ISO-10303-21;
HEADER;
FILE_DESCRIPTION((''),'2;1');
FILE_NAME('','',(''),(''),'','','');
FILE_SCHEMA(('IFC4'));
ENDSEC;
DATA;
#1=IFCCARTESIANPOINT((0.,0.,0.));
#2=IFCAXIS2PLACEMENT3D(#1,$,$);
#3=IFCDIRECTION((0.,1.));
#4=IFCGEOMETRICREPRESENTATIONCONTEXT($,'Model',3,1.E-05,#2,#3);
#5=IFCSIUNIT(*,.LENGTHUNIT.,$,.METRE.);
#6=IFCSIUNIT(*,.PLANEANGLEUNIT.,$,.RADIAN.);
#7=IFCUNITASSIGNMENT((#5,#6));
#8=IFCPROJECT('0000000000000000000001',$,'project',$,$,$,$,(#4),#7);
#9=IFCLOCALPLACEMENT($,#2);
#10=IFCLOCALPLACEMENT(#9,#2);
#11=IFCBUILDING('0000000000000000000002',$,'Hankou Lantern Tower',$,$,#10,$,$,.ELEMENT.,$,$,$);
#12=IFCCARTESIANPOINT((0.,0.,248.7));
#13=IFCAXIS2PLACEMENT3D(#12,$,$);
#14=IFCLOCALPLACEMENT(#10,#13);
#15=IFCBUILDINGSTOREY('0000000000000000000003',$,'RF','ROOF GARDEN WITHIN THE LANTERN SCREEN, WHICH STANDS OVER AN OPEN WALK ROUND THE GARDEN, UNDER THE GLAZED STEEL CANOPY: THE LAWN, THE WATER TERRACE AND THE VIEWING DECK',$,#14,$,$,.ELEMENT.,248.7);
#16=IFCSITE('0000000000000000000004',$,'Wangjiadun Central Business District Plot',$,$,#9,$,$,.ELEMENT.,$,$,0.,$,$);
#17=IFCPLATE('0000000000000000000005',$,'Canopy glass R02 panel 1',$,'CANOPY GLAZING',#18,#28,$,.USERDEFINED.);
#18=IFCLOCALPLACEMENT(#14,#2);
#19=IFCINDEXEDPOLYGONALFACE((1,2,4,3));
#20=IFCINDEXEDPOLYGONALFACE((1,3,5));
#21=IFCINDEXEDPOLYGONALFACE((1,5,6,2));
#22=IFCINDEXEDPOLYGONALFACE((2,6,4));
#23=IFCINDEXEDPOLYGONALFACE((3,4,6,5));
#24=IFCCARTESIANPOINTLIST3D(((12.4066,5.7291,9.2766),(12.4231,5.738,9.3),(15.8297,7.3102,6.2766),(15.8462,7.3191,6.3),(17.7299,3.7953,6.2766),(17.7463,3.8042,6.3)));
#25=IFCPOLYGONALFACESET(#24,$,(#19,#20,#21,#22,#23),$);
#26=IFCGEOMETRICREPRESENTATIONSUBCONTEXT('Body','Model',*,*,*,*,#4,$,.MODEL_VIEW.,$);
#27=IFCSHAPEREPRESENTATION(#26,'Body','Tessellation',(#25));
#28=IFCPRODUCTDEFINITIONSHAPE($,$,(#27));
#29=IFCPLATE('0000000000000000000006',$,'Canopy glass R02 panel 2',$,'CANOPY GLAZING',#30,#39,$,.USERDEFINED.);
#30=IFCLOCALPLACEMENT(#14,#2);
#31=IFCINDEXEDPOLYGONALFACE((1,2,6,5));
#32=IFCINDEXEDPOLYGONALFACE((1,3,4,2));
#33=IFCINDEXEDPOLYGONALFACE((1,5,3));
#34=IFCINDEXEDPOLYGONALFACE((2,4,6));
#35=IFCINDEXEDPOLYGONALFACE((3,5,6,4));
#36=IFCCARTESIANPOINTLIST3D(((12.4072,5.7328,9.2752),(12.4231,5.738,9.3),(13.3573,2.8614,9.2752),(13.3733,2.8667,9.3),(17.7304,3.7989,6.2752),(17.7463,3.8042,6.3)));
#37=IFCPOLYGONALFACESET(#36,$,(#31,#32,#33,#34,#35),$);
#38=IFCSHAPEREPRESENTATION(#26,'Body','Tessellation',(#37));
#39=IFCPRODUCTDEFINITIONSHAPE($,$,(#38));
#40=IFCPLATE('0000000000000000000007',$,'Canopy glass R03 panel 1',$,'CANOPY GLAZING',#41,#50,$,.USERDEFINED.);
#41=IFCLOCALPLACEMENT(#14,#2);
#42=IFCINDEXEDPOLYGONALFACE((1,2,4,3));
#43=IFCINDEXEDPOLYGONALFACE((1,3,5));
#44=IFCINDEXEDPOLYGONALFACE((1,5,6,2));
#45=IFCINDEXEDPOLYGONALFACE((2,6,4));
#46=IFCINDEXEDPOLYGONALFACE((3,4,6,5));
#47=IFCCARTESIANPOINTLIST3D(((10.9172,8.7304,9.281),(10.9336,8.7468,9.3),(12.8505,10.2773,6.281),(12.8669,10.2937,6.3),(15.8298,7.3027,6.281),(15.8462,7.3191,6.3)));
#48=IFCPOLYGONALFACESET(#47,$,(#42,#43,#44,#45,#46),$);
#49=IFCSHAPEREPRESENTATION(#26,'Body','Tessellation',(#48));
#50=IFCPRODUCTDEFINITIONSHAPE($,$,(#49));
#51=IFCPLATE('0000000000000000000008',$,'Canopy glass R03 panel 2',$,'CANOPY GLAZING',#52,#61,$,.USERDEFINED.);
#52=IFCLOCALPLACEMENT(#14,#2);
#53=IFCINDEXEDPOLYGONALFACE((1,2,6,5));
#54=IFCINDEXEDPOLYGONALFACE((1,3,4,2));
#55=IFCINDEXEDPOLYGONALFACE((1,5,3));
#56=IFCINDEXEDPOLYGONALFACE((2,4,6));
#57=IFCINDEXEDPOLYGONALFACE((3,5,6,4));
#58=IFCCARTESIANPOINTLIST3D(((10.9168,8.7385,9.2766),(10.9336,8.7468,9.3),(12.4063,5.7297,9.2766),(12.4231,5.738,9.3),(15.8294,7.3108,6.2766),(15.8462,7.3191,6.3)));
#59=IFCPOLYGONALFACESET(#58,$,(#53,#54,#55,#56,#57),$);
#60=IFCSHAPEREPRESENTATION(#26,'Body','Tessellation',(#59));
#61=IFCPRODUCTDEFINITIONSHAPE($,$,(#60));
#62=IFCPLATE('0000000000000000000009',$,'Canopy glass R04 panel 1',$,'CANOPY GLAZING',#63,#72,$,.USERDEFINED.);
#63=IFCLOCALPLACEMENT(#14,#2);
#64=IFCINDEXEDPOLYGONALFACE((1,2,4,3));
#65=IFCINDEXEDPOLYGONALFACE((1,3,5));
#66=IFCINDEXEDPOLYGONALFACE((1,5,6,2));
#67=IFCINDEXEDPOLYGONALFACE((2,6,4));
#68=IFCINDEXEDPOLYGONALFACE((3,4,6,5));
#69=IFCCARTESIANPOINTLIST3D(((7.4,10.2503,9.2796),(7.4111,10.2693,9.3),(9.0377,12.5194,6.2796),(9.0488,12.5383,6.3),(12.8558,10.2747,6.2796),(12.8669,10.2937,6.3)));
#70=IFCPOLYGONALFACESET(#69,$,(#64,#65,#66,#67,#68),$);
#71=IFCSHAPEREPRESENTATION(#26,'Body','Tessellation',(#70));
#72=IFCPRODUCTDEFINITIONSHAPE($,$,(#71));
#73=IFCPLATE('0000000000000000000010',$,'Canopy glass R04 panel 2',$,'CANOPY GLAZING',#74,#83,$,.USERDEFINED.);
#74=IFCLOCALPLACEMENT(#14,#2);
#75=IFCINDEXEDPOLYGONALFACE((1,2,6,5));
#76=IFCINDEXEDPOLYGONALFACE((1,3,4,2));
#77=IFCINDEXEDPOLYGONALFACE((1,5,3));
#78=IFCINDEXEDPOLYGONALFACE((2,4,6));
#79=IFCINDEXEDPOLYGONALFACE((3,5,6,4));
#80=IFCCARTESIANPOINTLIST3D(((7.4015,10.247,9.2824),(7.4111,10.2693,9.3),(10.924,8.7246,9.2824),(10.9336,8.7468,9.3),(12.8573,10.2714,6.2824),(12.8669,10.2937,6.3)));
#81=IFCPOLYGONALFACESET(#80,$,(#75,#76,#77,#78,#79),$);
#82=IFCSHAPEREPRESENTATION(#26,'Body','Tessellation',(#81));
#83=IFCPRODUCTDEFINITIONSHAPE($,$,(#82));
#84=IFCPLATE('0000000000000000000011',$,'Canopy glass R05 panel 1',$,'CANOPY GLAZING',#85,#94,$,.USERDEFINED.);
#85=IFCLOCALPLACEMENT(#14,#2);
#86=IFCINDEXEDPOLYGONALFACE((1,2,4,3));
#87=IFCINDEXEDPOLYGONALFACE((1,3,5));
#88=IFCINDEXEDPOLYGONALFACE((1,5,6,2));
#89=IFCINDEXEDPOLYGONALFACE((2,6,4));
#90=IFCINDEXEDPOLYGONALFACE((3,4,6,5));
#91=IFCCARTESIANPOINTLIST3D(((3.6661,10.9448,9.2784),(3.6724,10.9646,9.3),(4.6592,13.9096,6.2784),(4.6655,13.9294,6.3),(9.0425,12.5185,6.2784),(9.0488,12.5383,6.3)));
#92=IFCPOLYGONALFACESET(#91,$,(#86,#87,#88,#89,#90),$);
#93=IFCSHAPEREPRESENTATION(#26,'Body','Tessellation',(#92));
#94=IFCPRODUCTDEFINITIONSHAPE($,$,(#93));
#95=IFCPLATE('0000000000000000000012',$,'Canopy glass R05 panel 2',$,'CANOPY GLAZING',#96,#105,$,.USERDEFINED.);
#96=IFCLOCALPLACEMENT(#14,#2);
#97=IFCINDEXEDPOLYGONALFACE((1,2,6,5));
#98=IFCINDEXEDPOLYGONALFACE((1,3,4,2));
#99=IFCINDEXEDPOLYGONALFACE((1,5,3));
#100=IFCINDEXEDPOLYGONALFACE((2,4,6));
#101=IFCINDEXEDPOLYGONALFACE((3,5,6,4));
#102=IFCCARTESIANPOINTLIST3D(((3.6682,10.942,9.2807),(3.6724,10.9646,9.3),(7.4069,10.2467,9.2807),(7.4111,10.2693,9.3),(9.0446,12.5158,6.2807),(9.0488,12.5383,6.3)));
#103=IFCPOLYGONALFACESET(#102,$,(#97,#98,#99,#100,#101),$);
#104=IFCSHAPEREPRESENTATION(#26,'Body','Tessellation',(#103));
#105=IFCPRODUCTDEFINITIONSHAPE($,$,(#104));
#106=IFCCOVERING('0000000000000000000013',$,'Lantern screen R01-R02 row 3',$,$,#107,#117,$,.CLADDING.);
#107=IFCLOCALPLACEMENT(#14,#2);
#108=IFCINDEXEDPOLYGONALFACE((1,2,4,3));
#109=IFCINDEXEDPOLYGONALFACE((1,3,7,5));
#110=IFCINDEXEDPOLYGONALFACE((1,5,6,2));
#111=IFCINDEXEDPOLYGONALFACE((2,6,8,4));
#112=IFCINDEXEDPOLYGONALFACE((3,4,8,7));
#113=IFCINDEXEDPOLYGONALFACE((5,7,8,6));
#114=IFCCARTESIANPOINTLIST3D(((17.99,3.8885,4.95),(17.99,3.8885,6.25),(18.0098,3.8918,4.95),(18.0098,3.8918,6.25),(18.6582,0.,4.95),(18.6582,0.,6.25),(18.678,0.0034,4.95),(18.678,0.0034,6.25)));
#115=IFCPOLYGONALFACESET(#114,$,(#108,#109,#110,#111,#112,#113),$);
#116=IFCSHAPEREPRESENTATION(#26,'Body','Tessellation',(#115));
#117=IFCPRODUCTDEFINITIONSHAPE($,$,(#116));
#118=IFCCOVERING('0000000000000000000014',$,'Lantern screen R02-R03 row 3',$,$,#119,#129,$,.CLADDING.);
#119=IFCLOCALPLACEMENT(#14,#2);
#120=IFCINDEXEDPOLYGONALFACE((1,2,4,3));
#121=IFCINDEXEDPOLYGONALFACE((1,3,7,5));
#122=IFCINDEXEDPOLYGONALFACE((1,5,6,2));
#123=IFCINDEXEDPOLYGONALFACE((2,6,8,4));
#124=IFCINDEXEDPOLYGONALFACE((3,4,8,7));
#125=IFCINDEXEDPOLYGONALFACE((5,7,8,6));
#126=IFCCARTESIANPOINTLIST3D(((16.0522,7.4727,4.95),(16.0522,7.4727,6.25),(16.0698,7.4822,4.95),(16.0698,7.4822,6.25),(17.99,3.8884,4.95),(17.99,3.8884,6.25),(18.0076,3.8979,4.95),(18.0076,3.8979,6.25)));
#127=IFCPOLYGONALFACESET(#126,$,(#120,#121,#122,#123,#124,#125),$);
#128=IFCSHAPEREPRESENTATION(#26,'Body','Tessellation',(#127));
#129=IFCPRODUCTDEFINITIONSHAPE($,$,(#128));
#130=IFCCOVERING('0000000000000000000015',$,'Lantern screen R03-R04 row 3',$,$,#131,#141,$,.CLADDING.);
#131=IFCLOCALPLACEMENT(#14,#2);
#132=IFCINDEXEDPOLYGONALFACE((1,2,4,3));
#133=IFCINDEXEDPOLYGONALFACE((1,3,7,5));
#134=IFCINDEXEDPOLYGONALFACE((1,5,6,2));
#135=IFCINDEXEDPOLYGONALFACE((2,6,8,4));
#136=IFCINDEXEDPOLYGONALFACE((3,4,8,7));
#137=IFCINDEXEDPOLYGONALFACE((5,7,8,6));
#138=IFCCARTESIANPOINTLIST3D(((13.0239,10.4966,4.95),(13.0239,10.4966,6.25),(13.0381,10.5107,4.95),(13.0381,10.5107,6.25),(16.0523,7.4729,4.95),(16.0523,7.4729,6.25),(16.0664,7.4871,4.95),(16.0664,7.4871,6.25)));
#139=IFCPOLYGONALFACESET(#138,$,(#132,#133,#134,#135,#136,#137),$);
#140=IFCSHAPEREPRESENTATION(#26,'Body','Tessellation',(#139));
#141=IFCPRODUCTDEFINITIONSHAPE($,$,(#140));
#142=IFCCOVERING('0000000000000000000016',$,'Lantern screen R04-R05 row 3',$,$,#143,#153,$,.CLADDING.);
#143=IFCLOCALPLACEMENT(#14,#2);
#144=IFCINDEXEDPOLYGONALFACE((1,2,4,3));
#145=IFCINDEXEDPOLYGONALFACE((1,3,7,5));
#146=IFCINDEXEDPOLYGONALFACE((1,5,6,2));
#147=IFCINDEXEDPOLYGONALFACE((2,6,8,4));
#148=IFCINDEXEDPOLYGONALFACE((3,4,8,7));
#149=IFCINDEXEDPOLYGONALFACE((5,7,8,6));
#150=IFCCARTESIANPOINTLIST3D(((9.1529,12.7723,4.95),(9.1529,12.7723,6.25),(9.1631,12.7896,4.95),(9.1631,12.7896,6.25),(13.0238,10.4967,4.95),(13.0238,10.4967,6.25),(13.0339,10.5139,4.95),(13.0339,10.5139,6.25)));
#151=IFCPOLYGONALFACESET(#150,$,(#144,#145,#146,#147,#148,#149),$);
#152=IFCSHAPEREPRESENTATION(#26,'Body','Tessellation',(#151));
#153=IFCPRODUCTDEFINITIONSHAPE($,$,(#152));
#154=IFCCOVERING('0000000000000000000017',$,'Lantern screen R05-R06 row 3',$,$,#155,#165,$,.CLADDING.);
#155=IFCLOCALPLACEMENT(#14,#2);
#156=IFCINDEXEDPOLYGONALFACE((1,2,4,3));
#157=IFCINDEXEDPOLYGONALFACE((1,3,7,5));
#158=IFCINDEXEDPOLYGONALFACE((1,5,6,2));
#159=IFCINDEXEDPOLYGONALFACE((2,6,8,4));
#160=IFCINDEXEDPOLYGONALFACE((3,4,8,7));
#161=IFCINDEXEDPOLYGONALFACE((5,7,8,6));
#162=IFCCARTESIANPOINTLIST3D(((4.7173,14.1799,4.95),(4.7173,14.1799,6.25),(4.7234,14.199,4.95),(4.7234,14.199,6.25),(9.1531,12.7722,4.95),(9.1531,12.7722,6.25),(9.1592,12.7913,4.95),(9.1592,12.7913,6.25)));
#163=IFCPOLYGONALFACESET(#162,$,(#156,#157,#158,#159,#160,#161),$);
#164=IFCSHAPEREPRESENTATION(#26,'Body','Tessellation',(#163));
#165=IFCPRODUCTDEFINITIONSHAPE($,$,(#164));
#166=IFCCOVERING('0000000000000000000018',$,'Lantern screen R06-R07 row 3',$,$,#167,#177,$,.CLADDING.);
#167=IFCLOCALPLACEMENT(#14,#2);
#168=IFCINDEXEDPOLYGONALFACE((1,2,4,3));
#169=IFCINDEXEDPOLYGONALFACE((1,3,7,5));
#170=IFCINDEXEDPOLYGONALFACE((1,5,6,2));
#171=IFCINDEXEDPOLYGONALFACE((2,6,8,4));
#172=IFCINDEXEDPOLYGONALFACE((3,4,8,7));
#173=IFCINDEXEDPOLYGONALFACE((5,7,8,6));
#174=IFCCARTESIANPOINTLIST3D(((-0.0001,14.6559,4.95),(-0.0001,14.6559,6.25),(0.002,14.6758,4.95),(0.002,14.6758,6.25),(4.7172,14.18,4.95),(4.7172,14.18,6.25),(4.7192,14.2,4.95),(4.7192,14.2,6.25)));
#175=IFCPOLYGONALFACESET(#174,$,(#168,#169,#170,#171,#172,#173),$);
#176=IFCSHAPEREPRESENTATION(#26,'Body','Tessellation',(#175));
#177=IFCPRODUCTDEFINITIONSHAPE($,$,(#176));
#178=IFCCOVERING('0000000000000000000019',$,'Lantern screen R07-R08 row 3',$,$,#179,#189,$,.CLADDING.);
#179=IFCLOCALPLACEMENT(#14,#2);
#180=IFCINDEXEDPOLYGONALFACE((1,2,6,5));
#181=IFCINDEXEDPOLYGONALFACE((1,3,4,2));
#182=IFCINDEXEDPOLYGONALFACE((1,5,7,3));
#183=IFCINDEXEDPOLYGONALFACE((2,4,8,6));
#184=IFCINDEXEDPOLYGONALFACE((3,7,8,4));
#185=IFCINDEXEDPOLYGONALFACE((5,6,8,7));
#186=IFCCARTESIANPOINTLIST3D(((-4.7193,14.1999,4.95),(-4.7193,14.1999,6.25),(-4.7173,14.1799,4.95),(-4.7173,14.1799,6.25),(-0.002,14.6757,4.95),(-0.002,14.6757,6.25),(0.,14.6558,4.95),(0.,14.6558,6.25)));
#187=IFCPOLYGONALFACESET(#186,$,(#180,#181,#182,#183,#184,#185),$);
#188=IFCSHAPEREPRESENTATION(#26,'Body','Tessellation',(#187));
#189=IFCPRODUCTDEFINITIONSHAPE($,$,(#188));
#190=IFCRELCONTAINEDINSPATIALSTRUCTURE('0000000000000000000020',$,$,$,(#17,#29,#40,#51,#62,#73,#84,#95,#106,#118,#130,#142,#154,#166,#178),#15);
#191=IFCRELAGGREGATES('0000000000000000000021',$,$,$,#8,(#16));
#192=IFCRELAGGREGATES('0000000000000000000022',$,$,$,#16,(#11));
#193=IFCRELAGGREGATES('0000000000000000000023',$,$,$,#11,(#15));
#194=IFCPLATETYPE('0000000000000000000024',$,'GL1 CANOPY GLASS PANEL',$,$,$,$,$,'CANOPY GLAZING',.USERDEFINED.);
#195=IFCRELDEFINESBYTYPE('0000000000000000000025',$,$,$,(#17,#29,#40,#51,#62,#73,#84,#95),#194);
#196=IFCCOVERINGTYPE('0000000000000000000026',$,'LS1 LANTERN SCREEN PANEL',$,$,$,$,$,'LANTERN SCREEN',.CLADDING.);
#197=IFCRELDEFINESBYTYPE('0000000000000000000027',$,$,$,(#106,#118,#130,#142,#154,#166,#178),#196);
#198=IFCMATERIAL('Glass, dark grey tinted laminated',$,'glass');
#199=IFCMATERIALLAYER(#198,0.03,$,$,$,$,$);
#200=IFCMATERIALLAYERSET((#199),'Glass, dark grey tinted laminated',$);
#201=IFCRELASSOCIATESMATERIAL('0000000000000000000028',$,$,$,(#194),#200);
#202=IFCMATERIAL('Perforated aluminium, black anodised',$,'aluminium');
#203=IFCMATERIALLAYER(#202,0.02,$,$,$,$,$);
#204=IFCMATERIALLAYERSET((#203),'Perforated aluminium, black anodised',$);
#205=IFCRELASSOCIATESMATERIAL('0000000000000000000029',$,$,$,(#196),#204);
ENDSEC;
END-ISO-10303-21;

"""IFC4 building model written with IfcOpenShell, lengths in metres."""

from ifc_helpers import new_model, si_unit, direction, frame, origin, place, context, subcontext, project, spatial, polyline, outline, extrude, material, layer, layer_set, type_object, element, save


model = new_model("IFC4")

# Units and contexts
model_context = context("Model", 3, precision=1e-05, world=origin(), true_north=direction((0.0, 1.0)))
body_context = subcontext(model_context, "Body", "Model", "MODEL_VIEW")
ifc_project = project(units=[si_unit("LENGTHUNIT", "METRE"), si_unit("PLANEANGLEUNIT", "RADIAN")], contexts=[model_context])

# Site, building, storey
site_placement = place(None, origin())
site = spatial("IfcSite", under=ifc_project, at=site_placement, Name="Wangjiadun Central Business District Plot", CompositionType="ELEMENT", RefElevation=0.0)
building_placement = place(site_placement, origin())
building = spatial("IfcBuilding", under=site, at=building_placement, Name="Hankou Lantern Tower", CompositionType="ELEMENT")
storey_placement = place(building_placement, frame((0.0, 0.0, 248.7)))
storey = spatial("IfcBuildingStorey", under=building, at=storey_placement, Name="RF", Description="ROOF GARDEN WITHIN THE LANTERN SCREEN, WHICH STANDS OVER AN OPEN WALK ROUND THE GARDEN, UNDER THE GLAZED STEEL CANOPY: THE LAWN, THE WATER TERRACE AND THE VIEWING DECK", CompositionType="ELEMENT", Elevation=248.7)

# Plates
ifc_material_1 = material(Name="Glass, dark grey tinted laminated", Category="glass")
ifc_layer_1 = layer(ifc_material_1, 0.03)
ifc_layer_set_1 = layer_set([ifc_layer_1], Name="Glass, dark grey tinted laminated")
plate_type = type_object("IfcPlateType", Name="GL1 CANOPY GLASS PANEL", ElementType="CANOPY GLAZING", PredefinedType="USERDEFINED", material=ifc_layer_set_1)
plate_1_placement = place(storey_placement, frame((17.7463, 3.8042, 6.3), z_axis=(0.548364, 0.296445, 0.781932), x_axis=(-0.475557, 0.879685, 0.0)))
element("IfcPlate", 1, at=plate_1_placement, inside=storey, type_object=plate_type, Name="Canopy glass R02 panel 1", ObjectType="CANOPY GLAZING", PredefinedType="USERDEFINED", context=body_context, shape_type="SweptSolid", body=[
    extrude(outline(polyline([(0.0, 0.0), (3.9956, 0.0), (4.2327, 4.8126), (0.0, 0.0)])), origin(), (0.0, 0.0, -1.0), 0.03),
])
plate_2_placement = place(storey_placement, frame((17.7463, 3.8042, 6.3), z_axis=(0.531004, 0.175722, 0.828949), x_axis=(-0.830575, 0.301733, 0.468084)))
element("IfcPlate", 2, at=plate_2_placement, inside=storey, type_object=plate_type, Name="Canopy glass R02 panel 2", ObjectType="CANOPY GLAZING", PredefinedType="USERDEFINED", context=body_context, shape_type="SweptSolid", body=[
    extrude(outline(polyline([(0.0, 0.0), (6.4091, 0.0), (4.7535, 2.5311), (0.0, 0.0)])), origin(), (0.0, 0.0, -1.0), 0.03),
])
plate_3_placement = place(storey_placement, frame((15.8462, 7.3191, 6.3), z_axis=(0.546296, 0.547148, 0.634184), x_axis=(-0.707657, 0.706556, 0.0)))
element("IfcPlate", 3, at=plate_3_placement, inside=storey, type_object=plate_type, Name="Canopy glass R03 panel 1", ObjectType="CANOPY GLAZING", PredefinedType="USERDEFINED", context=body_context, shape_type="SweptSolid", body=[
    extrude(outline(polyline([(0.0, 0.0), (4.21, 0.0), (4.4852, 3.8801), (0.0, 0.0)])), origin(), (0.0, 0.0, -1.0), 0.03),
])
plate_4_placement = place(storey_placement, frame((15.8462, 7.3191, 6.3), z_axis=(0.558103, 0.276289, 0.782423), x_axis=(-0.828347, 0.24074, 0.505851)))
element("IfcPlate", 4, at=plate_4_placement, inside=storey, type_object=plate_type, Name="Canopy glass R03 panel 2", ObjectType="CANOPY GLAZING", PredefinedType="USERDEFINED", context=body_context, shape_type="SweptSolid", body=[
    extrude(outline(polyline([(0.0, 0.0), (5.9306, 0.0), (3.9724, 2.7271), (0.0, 0.0)])), origin(), (0.0, 0.0, -1.0), 0.03),
])
plate_5_placement = place(storey_placement, frame((12.8669, 10.2937, 6.3), z_axis=(0.371358, 0.631681, 0.680494), x_axis=(-0.862065, 0.506798, 0.0)))
element("IfcPlate", 5, at=plate_5_placement, inside=storey, type_object=plate_type, Name="Canopy glass R04 panel 1", ObjectType="CANOPY GLAZING", PredefinedType="USERDEFINED", context=body_context, shape_type="SweptSolid", body=[
    extrude(outline(polyline([(0.0, 0.0), (4.429, 0.0), (4.6909, 4.0941), (0.0, 0.0)])), origin(), (0.0, 0.0, -1.0), 0.03),
])
plate_6_placement = place(storey_placement, frame((12.8669, 10.2937, 6.3), z_axis=(0.320599, 0.741757, 0.589078), x_axis=(-0.876256, -0.003921, 0.481829)))
element("IfcPlate", 6, at=plate_6_placement, inside=storey, type_object=plate_type, Name="Canopy glass R04 panel 2", ObjectType="CANOPY GLAZING", PredefinedType="USERDEFINED", context=body_context, shape_type="SweptSolid", body=[
    extrude(outline(polyline([(0.0, 0.0), (6.2263, 0.0), (3.1457, 2.2881), (0.0, 0.0)])), origin(), (0.0, 0.0, -1.0), 0.03),
])
plate_7_placement = place(storey_placement, frame((9.0488, 12.5383, 6.3), z_axis=(0.209442, 0.659936, 0.721539), x_axis=(-0.95315, 0.302498, 0.0)))
element("IfcPlate", 7, at=plate_7_placement, inside=storey, type_object=plate_type, Name="Canopy glass R05 panel 1", ObjectType="CANOPY GLAZING", PredefinedType="USERDEFINED", context=body_context, shape_type="SweptSolid", body=[
    extrude(outline(polyline([(0.0, 0.0), (4.5988, 0.0), (4.6485, 4.3329), (0.0, 0.0)])), origin(), (0.0, 0.0, -1.0), 0.03),
])
plate_8_placement = place(storey_placement, frame((9.0488, 12.5383, 6.3), z_axis=(0.139765, 0.751534, 0.644719), x_axis=(-0.846053, -0.247646, 0.472087)))
element("IfcPlate", 8, at=plate_8_placement, inside=storey, type_object=plate_type, Name="Canopy glass R05 panel 2", ObjectType="CANOPY GLAZING", PredefinedType="USERDEFINED", context=body_context, shape_type="SweptSolid", body=[
    extrude(outline(polyline([(0.0, 0.0), (6.3548, 0.0), (3.3638, 2.3486), (0.0, 0.0)])), origin(), (0.0, 0.0, -1.0), 0.03),
])

# Coverings
ifc_material_2 = material(Name="Perforated aluminium, black anodised", Category="aluminium")
ifc_layer_2 = layer(ifc_material_2, 0.02)
ifc_layer_set_2 = layer_set([ifc_layer_2], Name="Perforated aluminium, black anodised")
covering_type = type_object("IfcCoveringType", Name="LS1 LANTERN SCREEN PANEL", ElementType="LANTERN SCREEN", PredefinedType="CLADDING", material=ifc_layer_set_2)
covering_1_placement = place(storey_placement, frame((18.678, 0.0034, 4.95), z_axis=(0.985554, 0.169364, 0.0), x_axis=(-0.169364, 0.985554, 0.0)))
element("IfcCovering", 9, at=covering_1_placement, inside=storey, type_object=covering_type, Name="Lantern screen R01-R02 row 3", PredefinedType="CLADDING", context=body_context, shape_type="SweptSolid", body=[
    extrude(outline(polyline([(0.0, 0.0), (3.9454, 0.0), (3.9454, 1.3), (0.0, 1.3), (0.0, 0.0)])), origin(), (0.0, 0.0, -1.0), 0.02),
])
covering_2_placement = place(storey_placement, frame((18.0076, 3.8979, 4.95), z_axis=(0.879673, 0.475578, 0.0), x_axis=(-0.475578, 0.879673, 0.0)))
element("IfcCovering", 10, at=covering_2_placement, inside=storey, type_object=covering_type, Name="Lantern screen R02-R03 row 3", PredefinedType="CLADDING", context=body_context, shape_type="SweptSolid", body=[
    extrude(outline(polyline([(0.0, 0.0), (4.0745, 0.0), (4.0745, 1.3), (0.0, 1.3), (0.0, 0.0)])), origin(), (0.0, 0.0, -1.0), 0.02),
])
covering_3_placement = place(storey_placement, frame((16.0664, 7.4871, 4.95), z_axis=(0.706565, 0.707649, 0.0), x_axis=(-0.707649, 0.706565, 0.0)))
element("IfcCovering", 11, at=covering_3_placement, inside=storey, type_object=covering_type, Name="Lantern screen R03-R04 row 3", PredefinedType="CLADDING", context=body_context, shape_type="SweptSolid", body=[
    extrude(outline(polyline([(0.0, 0.0), (4.2794, 0.0), (4.2794, 1.3), (0.0, 1.3), (0.0, 0.0)])), origin(), (0.0, 0.0, -1.0), 0.02),
])
covering_4_placement = place(storey_placement, frame((13.0339, 10.5139, 4.95), z_axis=(0.506799, 0.862064, 0.0), x_axis=(-0.862064, 0.506799, 0.0)))
element("IfcCovering", 12, at=covering_4_placement, inside=storey, type_object=covering_type, Name="Lantern screen R04-R05 row 3", PredefinedType="CLADDING", context=body_context, shape_type="SweptSolid", body=[
    extrude(outline(polyline([(0.0, 0.0), (4.4902, 0.0), (4.4902, 1.3), (0.0, 1.3), (0.0, 0.0)])), origin(), (0.0, 0.0, -1.0), 0.02),
])
covering_5_placement = place(storey_placement, frame((9.1592, 12.7913, 4.95), z_axis=(0.302487, 0.953154, 0.0), x_axis=(-0.953154, 0.302487, 0.0)))
element("IfcCovering", 13, at=covering_5_placement, inside=storey, type_object=covering_type, Name="Lantern screen R05-R06 row 3", PredefinedType="CLADDING", context=body_context, shape_type="SweptSolid", body=[
    extrude(outline(polyline([(0.0, 0.0), (4.6538, 0.0), (4.6538, 1.3), (0.0, 1.3), (0.0, 0.0)])), origin(), (0.0, 0.0, -1.0), 0.02),
])
covering_6_placement = place(storey_placement, frame((4.7192, 14.2, 4.95), z_axis=(0.10036, 0.994951, 0.0), x_axis=(-0.994951, 0.10036, 0.0)))
element("IfcCovering", 14, at=covering_6_placement, inside=storey, type_object=covering_type, Name="Lantern screen R06-R07 row 3", PredefinedType="CLADDING", context=body_context, shape_type="SweptSolid", body=[
    extrude(outline(polyline([(0.0, 0.0), (4.7412, 0.0), (4.7412, 1.3), (0.0, 1.3), (0.0, 0.0)])), origin(), (0.0, 0.0, -1.0), 0.02),
])
covering_7_placement = place(storey_placement, frame((0.0, 14.6558, 4.95), z_axis=(0.10036, -0.994951, 0.0), x_axis=(-0.994951, -0.10036, 0.0)))
element("IfcCovering", 15, at=covering_7_placement, inside=storey, type_object=covering_type, Name="Lantern screen R07-R08 row 3", PredefinedType="CLADDING", context=body_context, shape_type="SweptSolid", body=[
    extrude(outline(polyline([(0.0, 0.0), (4.7412, 0.0), (4.7412, -1.3), (0.0, -1.3), (0.0, 0.0)])), origin(), (0.0, 0.0, -1.0), 0.02),
])

save(model, "model.ifc")
